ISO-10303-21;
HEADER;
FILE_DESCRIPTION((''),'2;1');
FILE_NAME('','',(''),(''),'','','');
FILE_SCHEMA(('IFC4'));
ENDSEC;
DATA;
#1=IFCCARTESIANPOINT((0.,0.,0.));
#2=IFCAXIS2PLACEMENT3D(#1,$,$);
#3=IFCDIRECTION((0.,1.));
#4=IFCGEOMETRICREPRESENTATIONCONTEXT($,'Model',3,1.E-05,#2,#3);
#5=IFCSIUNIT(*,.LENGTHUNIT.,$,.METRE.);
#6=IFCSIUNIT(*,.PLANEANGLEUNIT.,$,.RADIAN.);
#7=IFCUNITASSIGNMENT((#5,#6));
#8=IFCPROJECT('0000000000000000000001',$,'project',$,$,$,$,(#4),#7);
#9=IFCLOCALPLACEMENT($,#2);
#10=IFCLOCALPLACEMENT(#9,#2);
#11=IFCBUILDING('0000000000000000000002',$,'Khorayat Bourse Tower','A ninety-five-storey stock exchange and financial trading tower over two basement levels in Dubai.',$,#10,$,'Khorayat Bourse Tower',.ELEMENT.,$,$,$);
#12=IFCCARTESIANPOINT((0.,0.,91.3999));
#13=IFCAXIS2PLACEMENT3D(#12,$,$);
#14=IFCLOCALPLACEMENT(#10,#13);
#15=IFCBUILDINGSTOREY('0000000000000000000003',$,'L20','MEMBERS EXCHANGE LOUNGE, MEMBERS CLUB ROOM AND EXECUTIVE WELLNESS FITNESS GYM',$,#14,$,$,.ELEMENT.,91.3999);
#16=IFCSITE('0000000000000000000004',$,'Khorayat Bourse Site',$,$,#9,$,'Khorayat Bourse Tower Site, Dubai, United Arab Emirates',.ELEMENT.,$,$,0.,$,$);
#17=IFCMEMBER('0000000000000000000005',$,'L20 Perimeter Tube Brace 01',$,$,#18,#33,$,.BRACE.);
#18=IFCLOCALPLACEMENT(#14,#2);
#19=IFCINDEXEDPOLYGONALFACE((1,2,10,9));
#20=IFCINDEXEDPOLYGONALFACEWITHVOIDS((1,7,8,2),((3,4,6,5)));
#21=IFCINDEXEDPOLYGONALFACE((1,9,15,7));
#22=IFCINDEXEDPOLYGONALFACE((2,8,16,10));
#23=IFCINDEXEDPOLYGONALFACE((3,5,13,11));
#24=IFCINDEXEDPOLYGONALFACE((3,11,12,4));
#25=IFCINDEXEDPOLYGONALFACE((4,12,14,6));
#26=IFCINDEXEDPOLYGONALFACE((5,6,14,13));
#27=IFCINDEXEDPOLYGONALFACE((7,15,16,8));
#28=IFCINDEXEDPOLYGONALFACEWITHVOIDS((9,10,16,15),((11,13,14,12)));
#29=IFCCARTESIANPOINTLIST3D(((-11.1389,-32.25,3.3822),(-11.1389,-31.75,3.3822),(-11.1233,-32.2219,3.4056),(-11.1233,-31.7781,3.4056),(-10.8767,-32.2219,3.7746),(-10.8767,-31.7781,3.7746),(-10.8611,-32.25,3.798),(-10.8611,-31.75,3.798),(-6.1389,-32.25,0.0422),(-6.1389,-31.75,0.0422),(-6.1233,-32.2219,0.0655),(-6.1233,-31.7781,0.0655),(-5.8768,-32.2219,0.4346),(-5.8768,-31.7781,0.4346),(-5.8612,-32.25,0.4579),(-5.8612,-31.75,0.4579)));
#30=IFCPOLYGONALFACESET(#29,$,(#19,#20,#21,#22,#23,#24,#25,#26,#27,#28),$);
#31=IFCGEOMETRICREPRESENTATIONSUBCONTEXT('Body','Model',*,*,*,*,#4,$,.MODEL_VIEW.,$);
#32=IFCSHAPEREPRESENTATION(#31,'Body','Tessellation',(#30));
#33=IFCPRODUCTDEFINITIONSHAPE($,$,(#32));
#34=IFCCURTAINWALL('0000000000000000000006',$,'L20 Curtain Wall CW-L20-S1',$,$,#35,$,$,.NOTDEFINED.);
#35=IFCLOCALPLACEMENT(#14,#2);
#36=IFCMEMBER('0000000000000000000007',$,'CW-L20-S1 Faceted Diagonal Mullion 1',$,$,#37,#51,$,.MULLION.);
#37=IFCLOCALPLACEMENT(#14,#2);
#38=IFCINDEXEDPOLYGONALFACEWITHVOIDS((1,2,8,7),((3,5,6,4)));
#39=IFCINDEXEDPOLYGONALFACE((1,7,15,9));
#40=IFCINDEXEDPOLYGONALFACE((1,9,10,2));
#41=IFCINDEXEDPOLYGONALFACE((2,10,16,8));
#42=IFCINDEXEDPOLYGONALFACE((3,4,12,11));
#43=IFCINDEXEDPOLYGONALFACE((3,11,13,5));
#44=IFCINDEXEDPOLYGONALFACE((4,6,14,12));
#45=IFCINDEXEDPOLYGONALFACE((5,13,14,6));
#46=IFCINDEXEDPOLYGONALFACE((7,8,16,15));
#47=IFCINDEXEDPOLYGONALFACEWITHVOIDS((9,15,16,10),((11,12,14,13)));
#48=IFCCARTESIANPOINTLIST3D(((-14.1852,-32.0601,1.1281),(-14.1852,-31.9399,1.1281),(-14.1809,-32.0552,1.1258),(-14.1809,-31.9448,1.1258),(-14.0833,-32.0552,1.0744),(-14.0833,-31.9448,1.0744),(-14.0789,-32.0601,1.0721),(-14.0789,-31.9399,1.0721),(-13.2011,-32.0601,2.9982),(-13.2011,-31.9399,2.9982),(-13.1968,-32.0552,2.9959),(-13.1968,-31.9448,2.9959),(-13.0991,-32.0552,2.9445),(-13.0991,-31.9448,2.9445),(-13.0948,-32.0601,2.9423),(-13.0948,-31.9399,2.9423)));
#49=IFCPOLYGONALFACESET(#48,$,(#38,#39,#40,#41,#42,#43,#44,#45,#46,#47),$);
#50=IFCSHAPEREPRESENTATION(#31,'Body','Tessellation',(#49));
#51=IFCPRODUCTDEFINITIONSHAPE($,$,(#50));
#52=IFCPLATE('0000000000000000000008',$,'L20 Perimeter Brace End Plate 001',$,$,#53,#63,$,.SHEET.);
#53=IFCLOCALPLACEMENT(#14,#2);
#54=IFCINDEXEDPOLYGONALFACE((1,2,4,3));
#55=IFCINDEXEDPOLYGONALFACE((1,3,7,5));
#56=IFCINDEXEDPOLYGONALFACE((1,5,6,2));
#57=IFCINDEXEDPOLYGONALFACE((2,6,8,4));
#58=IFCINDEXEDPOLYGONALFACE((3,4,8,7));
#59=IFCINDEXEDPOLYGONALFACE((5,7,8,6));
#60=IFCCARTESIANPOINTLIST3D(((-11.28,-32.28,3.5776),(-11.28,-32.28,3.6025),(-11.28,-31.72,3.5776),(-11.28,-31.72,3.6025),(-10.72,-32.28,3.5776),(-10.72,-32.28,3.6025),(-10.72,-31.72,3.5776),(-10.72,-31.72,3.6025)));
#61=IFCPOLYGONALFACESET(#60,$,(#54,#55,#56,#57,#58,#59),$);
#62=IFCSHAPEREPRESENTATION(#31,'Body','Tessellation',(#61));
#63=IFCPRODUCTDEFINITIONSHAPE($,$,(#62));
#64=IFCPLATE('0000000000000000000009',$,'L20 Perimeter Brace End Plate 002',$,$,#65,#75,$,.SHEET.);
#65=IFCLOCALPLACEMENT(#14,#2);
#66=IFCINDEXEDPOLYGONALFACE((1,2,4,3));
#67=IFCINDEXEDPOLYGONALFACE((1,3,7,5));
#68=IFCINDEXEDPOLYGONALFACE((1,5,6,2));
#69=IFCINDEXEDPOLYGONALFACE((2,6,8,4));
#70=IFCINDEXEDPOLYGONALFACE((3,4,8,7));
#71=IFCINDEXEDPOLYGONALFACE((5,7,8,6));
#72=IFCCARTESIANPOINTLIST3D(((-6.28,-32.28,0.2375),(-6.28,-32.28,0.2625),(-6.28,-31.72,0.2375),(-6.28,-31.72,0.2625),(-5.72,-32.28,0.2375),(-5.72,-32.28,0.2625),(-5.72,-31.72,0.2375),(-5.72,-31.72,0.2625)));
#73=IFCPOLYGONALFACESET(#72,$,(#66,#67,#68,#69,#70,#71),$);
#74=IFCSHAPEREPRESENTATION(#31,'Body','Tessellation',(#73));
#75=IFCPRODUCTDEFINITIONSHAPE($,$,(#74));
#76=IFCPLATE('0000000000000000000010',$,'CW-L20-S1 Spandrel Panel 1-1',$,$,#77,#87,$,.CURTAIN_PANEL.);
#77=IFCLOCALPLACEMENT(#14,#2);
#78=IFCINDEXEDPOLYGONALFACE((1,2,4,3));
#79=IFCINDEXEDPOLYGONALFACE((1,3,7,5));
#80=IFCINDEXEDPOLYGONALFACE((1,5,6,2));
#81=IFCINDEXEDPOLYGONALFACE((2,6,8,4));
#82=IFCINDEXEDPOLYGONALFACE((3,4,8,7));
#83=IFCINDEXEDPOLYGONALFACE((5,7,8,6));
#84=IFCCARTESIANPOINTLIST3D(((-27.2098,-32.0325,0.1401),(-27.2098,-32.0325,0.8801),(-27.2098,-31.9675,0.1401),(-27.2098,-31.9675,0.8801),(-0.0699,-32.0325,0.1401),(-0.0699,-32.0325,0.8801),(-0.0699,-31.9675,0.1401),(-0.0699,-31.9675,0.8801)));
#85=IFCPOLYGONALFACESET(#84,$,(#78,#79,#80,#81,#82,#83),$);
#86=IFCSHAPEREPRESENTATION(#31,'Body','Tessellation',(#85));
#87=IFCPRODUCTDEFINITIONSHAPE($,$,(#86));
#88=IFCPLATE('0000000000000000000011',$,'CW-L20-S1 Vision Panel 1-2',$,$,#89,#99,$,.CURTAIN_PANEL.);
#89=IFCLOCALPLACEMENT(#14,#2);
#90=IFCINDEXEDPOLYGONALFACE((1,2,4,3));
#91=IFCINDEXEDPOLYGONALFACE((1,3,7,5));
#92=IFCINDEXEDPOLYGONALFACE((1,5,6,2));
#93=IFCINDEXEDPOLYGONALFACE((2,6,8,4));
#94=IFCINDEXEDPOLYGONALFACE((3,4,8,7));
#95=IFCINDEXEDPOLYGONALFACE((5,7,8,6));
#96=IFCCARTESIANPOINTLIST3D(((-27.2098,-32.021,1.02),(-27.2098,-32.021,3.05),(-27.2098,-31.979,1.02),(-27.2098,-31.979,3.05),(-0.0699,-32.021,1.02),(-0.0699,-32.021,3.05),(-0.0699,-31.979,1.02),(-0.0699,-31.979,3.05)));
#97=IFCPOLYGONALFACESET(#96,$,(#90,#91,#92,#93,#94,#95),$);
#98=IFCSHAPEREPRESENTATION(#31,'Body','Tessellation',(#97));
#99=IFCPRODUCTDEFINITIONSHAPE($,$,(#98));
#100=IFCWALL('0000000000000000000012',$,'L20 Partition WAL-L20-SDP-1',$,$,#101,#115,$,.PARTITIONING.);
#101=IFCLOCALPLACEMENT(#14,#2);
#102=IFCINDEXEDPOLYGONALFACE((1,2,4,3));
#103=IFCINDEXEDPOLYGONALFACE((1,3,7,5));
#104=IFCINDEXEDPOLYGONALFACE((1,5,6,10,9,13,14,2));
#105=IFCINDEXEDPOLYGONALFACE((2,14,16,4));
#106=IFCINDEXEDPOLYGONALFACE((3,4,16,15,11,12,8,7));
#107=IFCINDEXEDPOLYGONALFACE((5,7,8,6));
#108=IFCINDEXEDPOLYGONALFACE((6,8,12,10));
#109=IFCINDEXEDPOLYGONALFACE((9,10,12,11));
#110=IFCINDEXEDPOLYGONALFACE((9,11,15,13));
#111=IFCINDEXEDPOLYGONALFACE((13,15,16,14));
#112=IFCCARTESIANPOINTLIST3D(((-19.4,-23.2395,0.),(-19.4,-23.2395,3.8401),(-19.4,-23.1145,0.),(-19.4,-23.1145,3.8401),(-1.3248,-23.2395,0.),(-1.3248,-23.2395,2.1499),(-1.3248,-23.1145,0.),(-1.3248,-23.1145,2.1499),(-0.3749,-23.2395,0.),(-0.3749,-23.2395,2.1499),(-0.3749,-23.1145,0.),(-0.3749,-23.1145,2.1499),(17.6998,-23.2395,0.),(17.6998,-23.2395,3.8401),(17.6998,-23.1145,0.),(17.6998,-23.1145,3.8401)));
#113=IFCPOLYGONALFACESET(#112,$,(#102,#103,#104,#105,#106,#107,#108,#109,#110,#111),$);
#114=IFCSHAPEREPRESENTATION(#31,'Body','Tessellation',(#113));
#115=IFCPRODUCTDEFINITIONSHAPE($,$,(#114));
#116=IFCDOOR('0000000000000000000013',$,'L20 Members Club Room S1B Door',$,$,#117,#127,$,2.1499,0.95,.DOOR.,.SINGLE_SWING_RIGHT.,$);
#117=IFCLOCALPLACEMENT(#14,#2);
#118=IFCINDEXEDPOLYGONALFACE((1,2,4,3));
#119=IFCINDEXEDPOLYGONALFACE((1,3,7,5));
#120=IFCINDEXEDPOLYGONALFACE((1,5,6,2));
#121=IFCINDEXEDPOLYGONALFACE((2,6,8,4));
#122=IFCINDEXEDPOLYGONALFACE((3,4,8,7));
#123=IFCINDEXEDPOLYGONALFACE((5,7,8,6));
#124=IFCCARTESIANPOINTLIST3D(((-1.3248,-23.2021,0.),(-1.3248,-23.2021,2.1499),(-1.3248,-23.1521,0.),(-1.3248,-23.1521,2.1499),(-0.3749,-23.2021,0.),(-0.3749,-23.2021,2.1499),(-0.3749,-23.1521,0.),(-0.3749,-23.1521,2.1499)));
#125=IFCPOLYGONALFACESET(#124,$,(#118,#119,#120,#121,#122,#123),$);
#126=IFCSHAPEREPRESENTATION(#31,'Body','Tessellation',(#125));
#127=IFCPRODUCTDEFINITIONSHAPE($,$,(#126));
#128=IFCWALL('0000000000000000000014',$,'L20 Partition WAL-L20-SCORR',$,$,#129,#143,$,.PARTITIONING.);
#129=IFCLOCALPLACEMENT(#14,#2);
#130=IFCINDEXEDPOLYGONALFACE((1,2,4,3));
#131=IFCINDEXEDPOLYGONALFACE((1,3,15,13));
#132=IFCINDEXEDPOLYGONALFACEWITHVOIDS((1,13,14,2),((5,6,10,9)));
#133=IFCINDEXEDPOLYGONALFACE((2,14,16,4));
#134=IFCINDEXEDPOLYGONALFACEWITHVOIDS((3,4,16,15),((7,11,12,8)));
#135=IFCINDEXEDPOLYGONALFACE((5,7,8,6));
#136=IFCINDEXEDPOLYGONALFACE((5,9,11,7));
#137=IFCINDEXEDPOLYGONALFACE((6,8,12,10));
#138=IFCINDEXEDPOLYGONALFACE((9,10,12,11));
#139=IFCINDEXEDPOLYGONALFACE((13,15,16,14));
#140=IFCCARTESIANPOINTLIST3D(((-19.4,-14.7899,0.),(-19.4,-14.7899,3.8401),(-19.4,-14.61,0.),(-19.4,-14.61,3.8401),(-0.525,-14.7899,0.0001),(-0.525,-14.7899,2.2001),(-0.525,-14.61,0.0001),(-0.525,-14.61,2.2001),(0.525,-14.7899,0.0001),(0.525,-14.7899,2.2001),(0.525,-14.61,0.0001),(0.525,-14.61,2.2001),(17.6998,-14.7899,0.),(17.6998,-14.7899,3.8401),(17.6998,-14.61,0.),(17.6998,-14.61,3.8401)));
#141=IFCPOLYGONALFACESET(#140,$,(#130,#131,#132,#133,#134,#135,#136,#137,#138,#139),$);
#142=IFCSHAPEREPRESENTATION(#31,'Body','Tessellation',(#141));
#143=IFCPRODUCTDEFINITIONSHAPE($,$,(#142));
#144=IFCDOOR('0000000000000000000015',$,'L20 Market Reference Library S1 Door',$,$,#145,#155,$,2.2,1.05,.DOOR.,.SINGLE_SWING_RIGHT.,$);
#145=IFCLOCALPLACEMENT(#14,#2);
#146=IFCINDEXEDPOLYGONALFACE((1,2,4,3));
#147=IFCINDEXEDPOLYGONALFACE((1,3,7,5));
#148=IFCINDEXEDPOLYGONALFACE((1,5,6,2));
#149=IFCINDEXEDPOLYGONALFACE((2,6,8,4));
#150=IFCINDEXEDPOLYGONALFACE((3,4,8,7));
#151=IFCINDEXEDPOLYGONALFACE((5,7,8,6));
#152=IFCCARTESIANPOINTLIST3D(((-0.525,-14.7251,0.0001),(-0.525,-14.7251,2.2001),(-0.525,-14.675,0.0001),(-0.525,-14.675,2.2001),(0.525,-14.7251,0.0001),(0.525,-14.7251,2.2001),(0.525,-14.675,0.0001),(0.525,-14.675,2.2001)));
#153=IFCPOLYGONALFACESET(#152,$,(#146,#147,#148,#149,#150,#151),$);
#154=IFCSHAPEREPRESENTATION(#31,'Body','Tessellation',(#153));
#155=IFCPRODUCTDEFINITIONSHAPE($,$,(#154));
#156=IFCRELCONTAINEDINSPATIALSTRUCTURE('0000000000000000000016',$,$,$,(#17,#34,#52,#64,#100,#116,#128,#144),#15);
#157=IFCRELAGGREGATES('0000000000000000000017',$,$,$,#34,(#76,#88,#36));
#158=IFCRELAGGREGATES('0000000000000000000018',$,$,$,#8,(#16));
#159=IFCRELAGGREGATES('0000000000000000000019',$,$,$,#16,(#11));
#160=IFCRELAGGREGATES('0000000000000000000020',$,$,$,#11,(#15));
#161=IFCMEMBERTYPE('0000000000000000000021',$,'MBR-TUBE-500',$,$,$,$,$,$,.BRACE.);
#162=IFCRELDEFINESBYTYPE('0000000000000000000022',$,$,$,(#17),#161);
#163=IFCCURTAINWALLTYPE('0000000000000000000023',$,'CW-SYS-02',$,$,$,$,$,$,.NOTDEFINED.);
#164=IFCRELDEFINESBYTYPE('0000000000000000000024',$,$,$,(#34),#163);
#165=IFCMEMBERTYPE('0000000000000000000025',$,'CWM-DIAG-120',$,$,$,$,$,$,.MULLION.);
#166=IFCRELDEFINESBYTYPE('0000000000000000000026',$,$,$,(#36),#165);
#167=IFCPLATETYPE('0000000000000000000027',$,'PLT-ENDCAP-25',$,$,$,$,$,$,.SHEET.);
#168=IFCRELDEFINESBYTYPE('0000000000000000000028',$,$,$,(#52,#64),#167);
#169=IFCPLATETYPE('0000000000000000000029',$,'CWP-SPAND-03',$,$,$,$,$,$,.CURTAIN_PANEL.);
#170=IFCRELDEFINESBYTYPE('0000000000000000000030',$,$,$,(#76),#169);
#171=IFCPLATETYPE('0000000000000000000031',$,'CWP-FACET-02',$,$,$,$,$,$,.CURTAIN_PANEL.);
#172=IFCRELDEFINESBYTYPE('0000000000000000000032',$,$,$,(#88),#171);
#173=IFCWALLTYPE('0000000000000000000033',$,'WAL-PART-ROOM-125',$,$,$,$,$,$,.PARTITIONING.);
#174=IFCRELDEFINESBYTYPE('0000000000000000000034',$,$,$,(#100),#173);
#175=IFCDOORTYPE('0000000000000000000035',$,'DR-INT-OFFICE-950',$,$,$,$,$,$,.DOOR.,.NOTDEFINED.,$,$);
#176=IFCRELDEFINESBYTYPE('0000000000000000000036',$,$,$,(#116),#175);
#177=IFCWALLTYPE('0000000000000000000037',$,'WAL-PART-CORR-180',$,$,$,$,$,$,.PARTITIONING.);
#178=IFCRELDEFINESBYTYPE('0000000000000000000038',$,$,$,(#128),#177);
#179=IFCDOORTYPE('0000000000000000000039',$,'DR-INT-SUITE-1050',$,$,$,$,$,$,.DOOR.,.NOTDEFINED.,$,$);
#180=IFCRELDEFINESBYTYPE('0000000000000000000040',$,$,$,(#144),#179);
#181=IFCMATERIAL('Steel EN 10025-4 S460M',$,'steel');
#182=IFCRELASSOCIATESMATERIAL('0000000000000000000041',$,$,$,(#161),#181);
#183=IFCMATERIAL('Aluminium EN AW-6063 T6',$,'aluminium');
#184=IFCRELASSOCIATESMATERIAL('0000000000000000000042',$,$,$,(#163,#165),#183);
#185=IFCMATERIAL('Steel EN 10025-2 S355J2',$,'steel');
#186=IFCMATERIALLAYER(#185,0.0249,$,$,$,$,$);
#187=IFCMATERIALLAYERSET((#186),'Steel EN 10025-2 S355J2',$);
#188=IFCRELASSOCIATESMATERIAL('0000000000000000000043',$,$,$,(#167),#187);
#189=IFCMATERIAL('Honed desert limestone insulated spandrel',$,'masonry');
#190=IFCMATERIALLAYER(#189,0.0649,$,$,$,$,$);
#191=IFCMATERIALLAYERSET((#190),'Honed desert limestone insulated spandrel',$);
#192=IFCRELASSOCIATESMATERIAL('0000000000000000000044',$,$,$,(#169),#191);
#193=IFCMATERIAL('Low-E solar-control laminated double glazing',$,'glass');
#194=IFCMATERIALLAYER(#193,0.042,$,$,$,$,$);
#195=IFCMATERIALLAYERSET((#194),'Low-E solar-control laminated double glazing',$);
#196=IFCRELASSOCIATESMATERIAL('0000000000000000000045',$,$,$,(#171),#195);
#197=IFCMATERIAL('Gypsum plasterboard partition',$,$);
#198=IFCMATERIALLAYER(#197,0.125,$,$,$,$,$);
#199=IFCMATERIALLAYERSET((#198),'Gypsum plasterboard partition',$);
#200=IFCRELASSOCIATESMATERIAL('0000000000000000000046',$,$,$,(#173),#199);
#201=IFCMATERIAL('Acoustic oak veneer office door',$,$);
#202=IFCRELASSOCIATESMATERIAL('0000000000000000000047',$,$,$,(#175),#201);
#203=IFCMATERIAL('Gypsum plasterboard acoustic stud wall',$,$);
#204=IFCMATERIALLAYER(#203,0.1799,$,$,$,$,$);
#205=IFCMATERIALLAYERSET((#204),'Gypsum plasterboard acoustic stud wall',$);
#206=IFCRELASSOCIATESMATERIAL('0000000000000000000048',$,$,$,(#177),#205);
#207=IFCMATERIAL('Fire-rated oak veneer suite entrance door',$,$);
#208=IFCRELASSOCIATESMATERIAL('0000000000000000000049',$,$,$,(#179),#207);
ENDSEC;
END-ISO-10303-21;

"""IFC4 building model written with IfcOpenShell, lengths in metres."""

from ifc_helpers import new_model, si_unit, direction, frame, frame_2d, origin, origin_2d, place, context, subcontext, project, spatial, rectangle, hollow_rectangle, extrude, source, transform, mapped, material, layer, layer_set, material_profile, profile_set, type_object, element, fill, aggregate, save


model = new_model("IFC4")

# Units and contexts
model_context = context("Model", 3, precision=1e-05, world=origin(), true_north=direction((0.0, 1.0)))
body_context = subcontext(model_context, "Body", "Model", "MODEL_VIEW")
ifc_project = project(units=[si_unit("LENGTHUNIT", "METRE"), si_unit("PLANEANGLEUNIT", "RADIAN")], contexts=[model_context])

# Site, building, storey
site_placement = place(None, origin())
site = spatial("IfcSite", under=ifc_project, at=site_placement, Name="Khorayat Bourse Site", LongName="Khorayat Bourse Tower Site, Dubai, United Arab Emirates", CompositionType="ELEMENT", RefElevation=0.0)
building_placement = place(site_placement, origin())
building = spatial("IfcBuilding", under=site, at=building_placement, Name="Khorayat Bourse Tower", Description="A ninety-five-storey stock exchange and financial trading tower over two basement levels in Dubai.", LongName="Khorayat Bourse Tower", CompositionType="ELEMENT")
storey_placement = place(building_placement, frame((0.0, 0.0, 91.3999)))
storey = spatial("IfcBuildingStorey", under=building, at=storey_placement, Name="L20", Description="MEMBERS EXCHANGE LOUNGE, MEMBERS CLUB ROOM AND EXECUTIVE WELLNESS FITNESS GYM", CompositionType="ELEMENT", Elevation=91.3999)

# Shared definitions
ifc_material_1 = material(Name="Steel EN 10025-4 S460M", Category="steel")

# Member
ifc_material_profile_1 = material_profile(ifc_material_1, hollow_rectangle(XDim=0.5, YDim=0.5, WallThickness=0.0281, at=origin_2d()), Name="HSS 500x500x28")
ifc_profile_set_1 = profile_set([ifc_material_profile_1], Name="Steel EN 10025-4 S460M")
member_type_1 = type_object("IfcMemberType", Name="MBR-TUBE-500", PredefinedType="BRACE", material=ifc_profile_set_1)
shared_shape_1 = source(origin(), body_context, "Body", "SweptSolid", [
    extrude(hollow_rectangle(XDim=0.5, YDim=0.5, WallThickness=0.0281, at=origin_2d()), origin(), (0.0, 0.0, 1.0), 6.0129),
])
member_1_placement = place(storey_placement, frame((-11.0, -32.0, 3.5901), z_axis=(0.831531, 0.0, -0.555478), x_axis=(0.0, 1.0, 0.0)))
element("IfcMember", 1, at=member_1_placement, inside=storey, type_object=member_type_1, Name="L20 Perimeter Tube Brace 01", PredefinedType="BRACE", context=body_context, shape_type="MappedRepresentation", body=[
    mapped(shared_shape_1, transform((0.0, 0.0, 0.0), scale=1.0)),
])

# Curtain wall, member
ifc_material_2 = material(Name="Aluminium EN AW-6063 T6", Category="aluminium")
curtain_wall_type = type_object("IfcCurtainWallType", Name="CW-SYS-02", PredefinedType="NOTDEFINED", material=ifc_material_2)
curtain_wall_placement = place(storey_placement, origin())
curtain_wall = element("IfcCurtainWall", 2, at=curtain_wall_placement, inside=storey, type_object=curtain_wall_type, Name="L20 Curtain Wall CW-L20-S1", PredefinedType="NOTDEFINED")
ifc_material_profile_2 = material_profile(ifc_material_2, hollow_rectangle(XDim=0.1201, YDim=0.1201, WallThickness=0.0049, at=origin_2d()), Name="ALU 120x120x5")
ifc_profile_set_2 = profile_set([ifc_material_profile_2], Name="Aluminium EN AW-6063 T6")
member_type_2 = type_object("IfcMemberType", Name="CWM-DIAG-120", PredefinedType="MULLION", material=ifc_profile_set_2)
shared_shape_2 = source(origin(), body_context, "Body", "SweptSolid", [
    extrude(hollow_rectangle(XDim=0.1201, YDim=0.1201, WallThickness=0.0049, at=origin_2d()), origin(), (0.0, 0.0, 1.0), 2.1133),
])
member_2_placement = place(storey_placement, frame((-14.1321, -32.0, 1.1001), z_axis=(0.465694, 0.0, 0.884946), x_axis=(0.0, 1.0, 0.0)))
member_2 = element("IfcMember", 3, at=member_2_placement, type_object=member_type_2, Name="CW-L20-S1 Faceted Diagonal Mullion 1", PredefinedType="MULLION", context=body_context, shape_type="MappedRepresentation", body=[
    mapped(shared_shape_2, transform((0.0, 0.0, 0.0), scale=1.0)),
])

# Plates
ifc_material_3 = material(Name="Steel EN 10025-2 S355J2", Category="steel")
ifc_layer_1 = layer(ifc_material_3, 0.0249)
ifc_layer_set_1 = layer_set([ifc_layer_1], Name="Steel EN 10025-2 S355J2")
plate_type_1 = type_object("IfcPlateType", Name="PLT-ENDCAP-25", PredefinedType="SHEET", material=ifc_layer_set_1)
shared_shape_3 = source(origin(), body_context, "Body", "SweptSolid", [
    extrude(rectangle(XDim=0.5601, YDim=0.5601, at=origin_2d()), origin(), (0.0, 0.0, 1.0), 0.0249),
])
for number, where, z_axis, x_axis, name in (
    (4, (-11.0, -32.0, 3.5776), (0.0, 0.0, 1.0), (1.0, 0.0, 0.0), "L20 Perimeter Brace End Plate 001"),
    (5, (-6.0, -32.0, 0.2375), (0.0, 0.0, 1.0), (1.0, 0.0, 0.0), "L20 Perimeter Brace End Plate 002"),
):
    element("IfcPlate", number, at=place(storey_placement, frame(where, z_axis=z_axis, x_axis=x_axis)), inside=storey, type_object=plate_type_1, Name=name, PredefinedType="SHEET", context=body_context, shape_type="MappedRepresentation", body=[
        mapped(shared_shape_3, transform((0.0, 0.0, 0.0), scale=1.0)),
    ])

# Plates
ifc_material_4 = material(Name="Honed desert limestone insulated spandrel", Category="masonry")
ifc_layer_2 = layer(ifc_material_4, 0.0649)
ifc_layer_set_2 = layer_set([ifc_layer_2], Name="Honed desert limestone insulated spandrel")
plate_type_2 = type_object("IfcPlateType", Name="CWP-SPAND-03", PredefinedType="CURTAIN_PANEL", material=ifc_layer_set_2)
shared_shape_4 = source(origin(), body_context, "Body", "SweptSolid", [
    extrude(rectangle(XDim=27.1399, YDim=0.0649, at=origin_2d()), origin(), (0.0, 0.0, 1.0), 0.74),
])
plate_1_placement = place(storey_placement, frame((-13.6399, -32.0, 0.1401), z_axis=(0.0, 0.0, 1.0), x_axis=(1.0, 0.0, 0.0)))
plate_1 = element("IfcPlate", 6, at=plate_1_placement, type_object=plate_type_2, Name="CW-L20-S1 Spandrel Panel 1-1", PredefinedType="CURTAIN_PANEL", context=body_context, shape_type="MappedRepresentation", body=[
    mapped(shared_shape_4, transform((0.0, 0.0, 0.0), scale=1.0)),
])
ifc_material_5 = material(Name="Low-E solar-control laminated double glazing", Category="glass")
ifc_layer_3 = layer(ifc_material_5, 0.042)
ifc_layer_set_3 = layer_set([ifc_layer_3], Name="Low-E solar-control laminated double glazing")
plate_type_3 = type_object("IfcPlateType", Name="CWP-FACET-02", PredefinedType="CURTAIN_PANEL", material=ifc_layer_set_3)
shared_shape_5 = source(origin(), body_context, "Body", "SweptSolid", [
    extrude(rectangle(XDim=27.1399, YDim=0.042, at=origin_2d()), origin(), (0.0, 0.0, 1.0), 2.03),
])
plate_2_placement = place(storey_placement, frame((-13.6399, -32.0, 1.02), z_axis=(0.0, 0.0, 1.0), x_axis=(1.0, 0.0, 0.0)))
plate_2 = element("IfcPlate", 7, at=plate_2_placement, type_object=plate_type_3, Name="CW-L20-S1 Vision Panel 1-2", PredefinedType="CURTAIN_PANEL", context=body_context, shape_type="MappedRepresentation", body=[
    mapped(shared_shape_5, transform((0.0, 0.0, 0.0), scale=1.0)),
])
aggregate(curtain_wall, [plate_1, plate_2, member_2])

# Walls, openings, doors
ifc_material_6 = material(Name="Gypsum plasterboard partition")
ifc_layer_4 = layer(ifc_material_6, 0.125)
ifc_layer_set_4 = layer_set([ifc_layer_4], Name="Gypsum plasterboard partition")
wall_type_1 = type_object("IfcWallType", Name="WAL-PART-ROOM-125", PredefinedType="PARTITIONING", material=ifc_layer_set_4)
shared_shape_6 = source(origin(), body_context, "Body", "SweptSolid", [
    extrude(rectangle(XDim=37.0999, YDim=0.125, at=frame_2d((18.5498, 0.0))), origin(), (0.0, 0.0, 1.0), 3.8401),
])
wall_1_placement = place(storey_placement, frame((-19.3999, -23.177, 0.0), z_axis=(0.0, 0.0, 1.0), x_axis=(1.0, 0.0, 0.0)))
wall_1 = element("IfcWall", 8, at=wall_1_placement, inside=storey, type_object=wall_type_1, Name="L20 Partition WAL-L20-SDP-1", PredefinedType="PARTITIONING", context=body_context, shape_type="MappedRepresentation", body=[
    mapped(shared_shape_6, transform((0.0, 0.0, 0.0), scale=1.0)),
])
shared_shape_7 = source(origin(), body_context, "Body", "SweptSolid", [
    extrude(rectangle(XDim=0.95, YDim=2.1499, at=frame_2d((0.4751, 1.075))), frame((0.0, 0.0725, 0.0), z_axis=(0.0, -1.0, 0.0), x_axis=(1.0, 0.0, 0.0)), (0.0, 0.0, 1.0), 0.145),
])
opening_1_placement = place(wall_1_placement, frame((18.075, 0.0, 0.0)))
opening_1 = element("IfcOpeningElement", 9, at=opening_1_placement, cuts=wall_1, PredefinedType="OPENING", context=body_context, shape_type="MappedRepresentation", body=[
    mapped(shared_shape_7, transform((0.0, 0.0, 0.0), scale=1.0)),
])
ifc_material_7 = material(Name="Acoustic oak veneer office door")
door_type_1 = type_object("IfcDoorType", Name="DR-INT-OFFICE-950", OperationType="NOTDEFINED", PredefinedType="DOOR", material=ifc_material_7)
shared_shape_8 = source(origin(), body_context, "Body", "SweptSolid", [
    extrude(rectangle(XDim=0.95, YDim=2.1499, at=frame_2d((0.4751, 1.075))), frame((0.0, 0.0249, 0.0), z_axis=(0.0, -1.0, 0.0), x_axis=(1.0, 0.0, 0.0)), (0.0, 0.0, 1.0), 0.05),
])
door_1_placement = place(opening_1_placement, origin())
door_1 = element("IfcDoor", 10, at=door_1_placement, inside=storey, type_object=door_type_1, Name="L20 Members Club Room S1B Door", OperationType="SINGLE_SWING_RIGHT", OverallHeight=2.1499, OverallWidth=0.95, PredefinedType="DOOR", context=body_context, shape_type="MappedRepresentation", body=[
    mapped(shared_shape_8, transform((0.0, 0.0, 0.0), scale=1.0)),
])
fill(opening_1, door_1)
ifc_material_8 = material(Name="Gypsum plasterboard acoustic stud wall")
ifc_layer_5 = layer(ifc_material_8, 0.1799)
ifc_layer_set_5 = layer_set([ifc_layer_5], Name="Gypsum plasterboard acoustic stud wall")
wall_type_2 = type_object("IfcWallType", Name="WAL-PART-CORR-180", PredefinedType="PARTITIONING", material=ifc_layer_set_5)
shared_shape_9 = source(origin(), body_context, "Body", "SweptSolid", [
    extrude(rectangle(XDim=37.0999, YDim=0.1799, at=frame_2d((18.5498, 0.0))), origin(), (0.0, 0.0, 1.0), 3.8401),
])
wall_2_placement = place(storey_placement, frame((-19.3999, -14.7, 0.0), z_axis=(0.0, 0.0, 1.0), x_axis=(1.0, 0.0, 0.0)))
wall_2 = element("IfcWall", 11, at=wall_2_placement, inside=storey, type_object=wall_type_2, Name="L20 Partition WAL-L20-SCORR", PredefinedType="PARTITIONING", context=body_context, shape_type="MappedRepresentation", body=[
    mapped(shared_shape_9, transform((0.0, 0.0, 0.0), scale=1.0)),
])
shared_shape_10 = source(origin(), body_context, "Body", "SweptSolid", [
    extrude(rectangle(XDim=1.05, YDim=2.2, at=frame_2d((0.5249, 1.1001))), frame((0.0, 0.0999, 0.0), z_axis=(0.0, -1.0, 0.0), x_axis=(1.0, 0.0, 0.0)), (0.0, 0.0, 1.0), 0.2),
])
opening_2_placement = place(wall_2_placement, frame((18.875, 0.0, 0.0)))
opening_2 = element("IfcOpeningElement", 12, at=opening_2_placement, cuts=wall_2, PredefinedType="OPENING", context=body_context, shape_type="MappedRepresentation", body=[
    mapped(shared_shape_10, transform((0.0, 0.0, 0.0), scale=1.0)),
])
ifc_material_9 = material(Name="Fire-rated oak veneer suite entrance door")
door_type_2 = type_object("IfcDoorType", Name="DR-INT-SUITE-1050", OperationType="NOTDEFINED", PredefinedType="DOOR", material=ifc_material_9)
shared_shape_11 = source(origin(), body_context, "Body", "SweptSolid", [
    extrude(rectangle(XDim=1.05, YDim=2.2, at=frame_2d((0.5249, 1.1001))), frame((0.0, 0.0249, 0.0), z_axis=(0.0, -1.0, 0.0), x_axis=(1.0, 0.0, 0.0)), (0.0, 0.0, 1.0), 0.05),
])
door_2_placement = place(opening_2_placement, origin())
door_2 = element("IfcDoor", 13, at=door_2_placement, inside=storey, type_object=door_type_2, Name="L20 Market Reference Library S1 Door", OperationType="SINGLE_SWING_RIGHT", OverallHeight=2.2, OverallWidth=1.05, PredefinedType="DOOR", context=body_context, shape_type="MappedRepresentation", body=[
    mapped(shared_shape_11, transform((0.0, 0.0, 0.0), scale=1.0)),
])
fill(opening_2, door_2)

save(model, "model.ifc")
